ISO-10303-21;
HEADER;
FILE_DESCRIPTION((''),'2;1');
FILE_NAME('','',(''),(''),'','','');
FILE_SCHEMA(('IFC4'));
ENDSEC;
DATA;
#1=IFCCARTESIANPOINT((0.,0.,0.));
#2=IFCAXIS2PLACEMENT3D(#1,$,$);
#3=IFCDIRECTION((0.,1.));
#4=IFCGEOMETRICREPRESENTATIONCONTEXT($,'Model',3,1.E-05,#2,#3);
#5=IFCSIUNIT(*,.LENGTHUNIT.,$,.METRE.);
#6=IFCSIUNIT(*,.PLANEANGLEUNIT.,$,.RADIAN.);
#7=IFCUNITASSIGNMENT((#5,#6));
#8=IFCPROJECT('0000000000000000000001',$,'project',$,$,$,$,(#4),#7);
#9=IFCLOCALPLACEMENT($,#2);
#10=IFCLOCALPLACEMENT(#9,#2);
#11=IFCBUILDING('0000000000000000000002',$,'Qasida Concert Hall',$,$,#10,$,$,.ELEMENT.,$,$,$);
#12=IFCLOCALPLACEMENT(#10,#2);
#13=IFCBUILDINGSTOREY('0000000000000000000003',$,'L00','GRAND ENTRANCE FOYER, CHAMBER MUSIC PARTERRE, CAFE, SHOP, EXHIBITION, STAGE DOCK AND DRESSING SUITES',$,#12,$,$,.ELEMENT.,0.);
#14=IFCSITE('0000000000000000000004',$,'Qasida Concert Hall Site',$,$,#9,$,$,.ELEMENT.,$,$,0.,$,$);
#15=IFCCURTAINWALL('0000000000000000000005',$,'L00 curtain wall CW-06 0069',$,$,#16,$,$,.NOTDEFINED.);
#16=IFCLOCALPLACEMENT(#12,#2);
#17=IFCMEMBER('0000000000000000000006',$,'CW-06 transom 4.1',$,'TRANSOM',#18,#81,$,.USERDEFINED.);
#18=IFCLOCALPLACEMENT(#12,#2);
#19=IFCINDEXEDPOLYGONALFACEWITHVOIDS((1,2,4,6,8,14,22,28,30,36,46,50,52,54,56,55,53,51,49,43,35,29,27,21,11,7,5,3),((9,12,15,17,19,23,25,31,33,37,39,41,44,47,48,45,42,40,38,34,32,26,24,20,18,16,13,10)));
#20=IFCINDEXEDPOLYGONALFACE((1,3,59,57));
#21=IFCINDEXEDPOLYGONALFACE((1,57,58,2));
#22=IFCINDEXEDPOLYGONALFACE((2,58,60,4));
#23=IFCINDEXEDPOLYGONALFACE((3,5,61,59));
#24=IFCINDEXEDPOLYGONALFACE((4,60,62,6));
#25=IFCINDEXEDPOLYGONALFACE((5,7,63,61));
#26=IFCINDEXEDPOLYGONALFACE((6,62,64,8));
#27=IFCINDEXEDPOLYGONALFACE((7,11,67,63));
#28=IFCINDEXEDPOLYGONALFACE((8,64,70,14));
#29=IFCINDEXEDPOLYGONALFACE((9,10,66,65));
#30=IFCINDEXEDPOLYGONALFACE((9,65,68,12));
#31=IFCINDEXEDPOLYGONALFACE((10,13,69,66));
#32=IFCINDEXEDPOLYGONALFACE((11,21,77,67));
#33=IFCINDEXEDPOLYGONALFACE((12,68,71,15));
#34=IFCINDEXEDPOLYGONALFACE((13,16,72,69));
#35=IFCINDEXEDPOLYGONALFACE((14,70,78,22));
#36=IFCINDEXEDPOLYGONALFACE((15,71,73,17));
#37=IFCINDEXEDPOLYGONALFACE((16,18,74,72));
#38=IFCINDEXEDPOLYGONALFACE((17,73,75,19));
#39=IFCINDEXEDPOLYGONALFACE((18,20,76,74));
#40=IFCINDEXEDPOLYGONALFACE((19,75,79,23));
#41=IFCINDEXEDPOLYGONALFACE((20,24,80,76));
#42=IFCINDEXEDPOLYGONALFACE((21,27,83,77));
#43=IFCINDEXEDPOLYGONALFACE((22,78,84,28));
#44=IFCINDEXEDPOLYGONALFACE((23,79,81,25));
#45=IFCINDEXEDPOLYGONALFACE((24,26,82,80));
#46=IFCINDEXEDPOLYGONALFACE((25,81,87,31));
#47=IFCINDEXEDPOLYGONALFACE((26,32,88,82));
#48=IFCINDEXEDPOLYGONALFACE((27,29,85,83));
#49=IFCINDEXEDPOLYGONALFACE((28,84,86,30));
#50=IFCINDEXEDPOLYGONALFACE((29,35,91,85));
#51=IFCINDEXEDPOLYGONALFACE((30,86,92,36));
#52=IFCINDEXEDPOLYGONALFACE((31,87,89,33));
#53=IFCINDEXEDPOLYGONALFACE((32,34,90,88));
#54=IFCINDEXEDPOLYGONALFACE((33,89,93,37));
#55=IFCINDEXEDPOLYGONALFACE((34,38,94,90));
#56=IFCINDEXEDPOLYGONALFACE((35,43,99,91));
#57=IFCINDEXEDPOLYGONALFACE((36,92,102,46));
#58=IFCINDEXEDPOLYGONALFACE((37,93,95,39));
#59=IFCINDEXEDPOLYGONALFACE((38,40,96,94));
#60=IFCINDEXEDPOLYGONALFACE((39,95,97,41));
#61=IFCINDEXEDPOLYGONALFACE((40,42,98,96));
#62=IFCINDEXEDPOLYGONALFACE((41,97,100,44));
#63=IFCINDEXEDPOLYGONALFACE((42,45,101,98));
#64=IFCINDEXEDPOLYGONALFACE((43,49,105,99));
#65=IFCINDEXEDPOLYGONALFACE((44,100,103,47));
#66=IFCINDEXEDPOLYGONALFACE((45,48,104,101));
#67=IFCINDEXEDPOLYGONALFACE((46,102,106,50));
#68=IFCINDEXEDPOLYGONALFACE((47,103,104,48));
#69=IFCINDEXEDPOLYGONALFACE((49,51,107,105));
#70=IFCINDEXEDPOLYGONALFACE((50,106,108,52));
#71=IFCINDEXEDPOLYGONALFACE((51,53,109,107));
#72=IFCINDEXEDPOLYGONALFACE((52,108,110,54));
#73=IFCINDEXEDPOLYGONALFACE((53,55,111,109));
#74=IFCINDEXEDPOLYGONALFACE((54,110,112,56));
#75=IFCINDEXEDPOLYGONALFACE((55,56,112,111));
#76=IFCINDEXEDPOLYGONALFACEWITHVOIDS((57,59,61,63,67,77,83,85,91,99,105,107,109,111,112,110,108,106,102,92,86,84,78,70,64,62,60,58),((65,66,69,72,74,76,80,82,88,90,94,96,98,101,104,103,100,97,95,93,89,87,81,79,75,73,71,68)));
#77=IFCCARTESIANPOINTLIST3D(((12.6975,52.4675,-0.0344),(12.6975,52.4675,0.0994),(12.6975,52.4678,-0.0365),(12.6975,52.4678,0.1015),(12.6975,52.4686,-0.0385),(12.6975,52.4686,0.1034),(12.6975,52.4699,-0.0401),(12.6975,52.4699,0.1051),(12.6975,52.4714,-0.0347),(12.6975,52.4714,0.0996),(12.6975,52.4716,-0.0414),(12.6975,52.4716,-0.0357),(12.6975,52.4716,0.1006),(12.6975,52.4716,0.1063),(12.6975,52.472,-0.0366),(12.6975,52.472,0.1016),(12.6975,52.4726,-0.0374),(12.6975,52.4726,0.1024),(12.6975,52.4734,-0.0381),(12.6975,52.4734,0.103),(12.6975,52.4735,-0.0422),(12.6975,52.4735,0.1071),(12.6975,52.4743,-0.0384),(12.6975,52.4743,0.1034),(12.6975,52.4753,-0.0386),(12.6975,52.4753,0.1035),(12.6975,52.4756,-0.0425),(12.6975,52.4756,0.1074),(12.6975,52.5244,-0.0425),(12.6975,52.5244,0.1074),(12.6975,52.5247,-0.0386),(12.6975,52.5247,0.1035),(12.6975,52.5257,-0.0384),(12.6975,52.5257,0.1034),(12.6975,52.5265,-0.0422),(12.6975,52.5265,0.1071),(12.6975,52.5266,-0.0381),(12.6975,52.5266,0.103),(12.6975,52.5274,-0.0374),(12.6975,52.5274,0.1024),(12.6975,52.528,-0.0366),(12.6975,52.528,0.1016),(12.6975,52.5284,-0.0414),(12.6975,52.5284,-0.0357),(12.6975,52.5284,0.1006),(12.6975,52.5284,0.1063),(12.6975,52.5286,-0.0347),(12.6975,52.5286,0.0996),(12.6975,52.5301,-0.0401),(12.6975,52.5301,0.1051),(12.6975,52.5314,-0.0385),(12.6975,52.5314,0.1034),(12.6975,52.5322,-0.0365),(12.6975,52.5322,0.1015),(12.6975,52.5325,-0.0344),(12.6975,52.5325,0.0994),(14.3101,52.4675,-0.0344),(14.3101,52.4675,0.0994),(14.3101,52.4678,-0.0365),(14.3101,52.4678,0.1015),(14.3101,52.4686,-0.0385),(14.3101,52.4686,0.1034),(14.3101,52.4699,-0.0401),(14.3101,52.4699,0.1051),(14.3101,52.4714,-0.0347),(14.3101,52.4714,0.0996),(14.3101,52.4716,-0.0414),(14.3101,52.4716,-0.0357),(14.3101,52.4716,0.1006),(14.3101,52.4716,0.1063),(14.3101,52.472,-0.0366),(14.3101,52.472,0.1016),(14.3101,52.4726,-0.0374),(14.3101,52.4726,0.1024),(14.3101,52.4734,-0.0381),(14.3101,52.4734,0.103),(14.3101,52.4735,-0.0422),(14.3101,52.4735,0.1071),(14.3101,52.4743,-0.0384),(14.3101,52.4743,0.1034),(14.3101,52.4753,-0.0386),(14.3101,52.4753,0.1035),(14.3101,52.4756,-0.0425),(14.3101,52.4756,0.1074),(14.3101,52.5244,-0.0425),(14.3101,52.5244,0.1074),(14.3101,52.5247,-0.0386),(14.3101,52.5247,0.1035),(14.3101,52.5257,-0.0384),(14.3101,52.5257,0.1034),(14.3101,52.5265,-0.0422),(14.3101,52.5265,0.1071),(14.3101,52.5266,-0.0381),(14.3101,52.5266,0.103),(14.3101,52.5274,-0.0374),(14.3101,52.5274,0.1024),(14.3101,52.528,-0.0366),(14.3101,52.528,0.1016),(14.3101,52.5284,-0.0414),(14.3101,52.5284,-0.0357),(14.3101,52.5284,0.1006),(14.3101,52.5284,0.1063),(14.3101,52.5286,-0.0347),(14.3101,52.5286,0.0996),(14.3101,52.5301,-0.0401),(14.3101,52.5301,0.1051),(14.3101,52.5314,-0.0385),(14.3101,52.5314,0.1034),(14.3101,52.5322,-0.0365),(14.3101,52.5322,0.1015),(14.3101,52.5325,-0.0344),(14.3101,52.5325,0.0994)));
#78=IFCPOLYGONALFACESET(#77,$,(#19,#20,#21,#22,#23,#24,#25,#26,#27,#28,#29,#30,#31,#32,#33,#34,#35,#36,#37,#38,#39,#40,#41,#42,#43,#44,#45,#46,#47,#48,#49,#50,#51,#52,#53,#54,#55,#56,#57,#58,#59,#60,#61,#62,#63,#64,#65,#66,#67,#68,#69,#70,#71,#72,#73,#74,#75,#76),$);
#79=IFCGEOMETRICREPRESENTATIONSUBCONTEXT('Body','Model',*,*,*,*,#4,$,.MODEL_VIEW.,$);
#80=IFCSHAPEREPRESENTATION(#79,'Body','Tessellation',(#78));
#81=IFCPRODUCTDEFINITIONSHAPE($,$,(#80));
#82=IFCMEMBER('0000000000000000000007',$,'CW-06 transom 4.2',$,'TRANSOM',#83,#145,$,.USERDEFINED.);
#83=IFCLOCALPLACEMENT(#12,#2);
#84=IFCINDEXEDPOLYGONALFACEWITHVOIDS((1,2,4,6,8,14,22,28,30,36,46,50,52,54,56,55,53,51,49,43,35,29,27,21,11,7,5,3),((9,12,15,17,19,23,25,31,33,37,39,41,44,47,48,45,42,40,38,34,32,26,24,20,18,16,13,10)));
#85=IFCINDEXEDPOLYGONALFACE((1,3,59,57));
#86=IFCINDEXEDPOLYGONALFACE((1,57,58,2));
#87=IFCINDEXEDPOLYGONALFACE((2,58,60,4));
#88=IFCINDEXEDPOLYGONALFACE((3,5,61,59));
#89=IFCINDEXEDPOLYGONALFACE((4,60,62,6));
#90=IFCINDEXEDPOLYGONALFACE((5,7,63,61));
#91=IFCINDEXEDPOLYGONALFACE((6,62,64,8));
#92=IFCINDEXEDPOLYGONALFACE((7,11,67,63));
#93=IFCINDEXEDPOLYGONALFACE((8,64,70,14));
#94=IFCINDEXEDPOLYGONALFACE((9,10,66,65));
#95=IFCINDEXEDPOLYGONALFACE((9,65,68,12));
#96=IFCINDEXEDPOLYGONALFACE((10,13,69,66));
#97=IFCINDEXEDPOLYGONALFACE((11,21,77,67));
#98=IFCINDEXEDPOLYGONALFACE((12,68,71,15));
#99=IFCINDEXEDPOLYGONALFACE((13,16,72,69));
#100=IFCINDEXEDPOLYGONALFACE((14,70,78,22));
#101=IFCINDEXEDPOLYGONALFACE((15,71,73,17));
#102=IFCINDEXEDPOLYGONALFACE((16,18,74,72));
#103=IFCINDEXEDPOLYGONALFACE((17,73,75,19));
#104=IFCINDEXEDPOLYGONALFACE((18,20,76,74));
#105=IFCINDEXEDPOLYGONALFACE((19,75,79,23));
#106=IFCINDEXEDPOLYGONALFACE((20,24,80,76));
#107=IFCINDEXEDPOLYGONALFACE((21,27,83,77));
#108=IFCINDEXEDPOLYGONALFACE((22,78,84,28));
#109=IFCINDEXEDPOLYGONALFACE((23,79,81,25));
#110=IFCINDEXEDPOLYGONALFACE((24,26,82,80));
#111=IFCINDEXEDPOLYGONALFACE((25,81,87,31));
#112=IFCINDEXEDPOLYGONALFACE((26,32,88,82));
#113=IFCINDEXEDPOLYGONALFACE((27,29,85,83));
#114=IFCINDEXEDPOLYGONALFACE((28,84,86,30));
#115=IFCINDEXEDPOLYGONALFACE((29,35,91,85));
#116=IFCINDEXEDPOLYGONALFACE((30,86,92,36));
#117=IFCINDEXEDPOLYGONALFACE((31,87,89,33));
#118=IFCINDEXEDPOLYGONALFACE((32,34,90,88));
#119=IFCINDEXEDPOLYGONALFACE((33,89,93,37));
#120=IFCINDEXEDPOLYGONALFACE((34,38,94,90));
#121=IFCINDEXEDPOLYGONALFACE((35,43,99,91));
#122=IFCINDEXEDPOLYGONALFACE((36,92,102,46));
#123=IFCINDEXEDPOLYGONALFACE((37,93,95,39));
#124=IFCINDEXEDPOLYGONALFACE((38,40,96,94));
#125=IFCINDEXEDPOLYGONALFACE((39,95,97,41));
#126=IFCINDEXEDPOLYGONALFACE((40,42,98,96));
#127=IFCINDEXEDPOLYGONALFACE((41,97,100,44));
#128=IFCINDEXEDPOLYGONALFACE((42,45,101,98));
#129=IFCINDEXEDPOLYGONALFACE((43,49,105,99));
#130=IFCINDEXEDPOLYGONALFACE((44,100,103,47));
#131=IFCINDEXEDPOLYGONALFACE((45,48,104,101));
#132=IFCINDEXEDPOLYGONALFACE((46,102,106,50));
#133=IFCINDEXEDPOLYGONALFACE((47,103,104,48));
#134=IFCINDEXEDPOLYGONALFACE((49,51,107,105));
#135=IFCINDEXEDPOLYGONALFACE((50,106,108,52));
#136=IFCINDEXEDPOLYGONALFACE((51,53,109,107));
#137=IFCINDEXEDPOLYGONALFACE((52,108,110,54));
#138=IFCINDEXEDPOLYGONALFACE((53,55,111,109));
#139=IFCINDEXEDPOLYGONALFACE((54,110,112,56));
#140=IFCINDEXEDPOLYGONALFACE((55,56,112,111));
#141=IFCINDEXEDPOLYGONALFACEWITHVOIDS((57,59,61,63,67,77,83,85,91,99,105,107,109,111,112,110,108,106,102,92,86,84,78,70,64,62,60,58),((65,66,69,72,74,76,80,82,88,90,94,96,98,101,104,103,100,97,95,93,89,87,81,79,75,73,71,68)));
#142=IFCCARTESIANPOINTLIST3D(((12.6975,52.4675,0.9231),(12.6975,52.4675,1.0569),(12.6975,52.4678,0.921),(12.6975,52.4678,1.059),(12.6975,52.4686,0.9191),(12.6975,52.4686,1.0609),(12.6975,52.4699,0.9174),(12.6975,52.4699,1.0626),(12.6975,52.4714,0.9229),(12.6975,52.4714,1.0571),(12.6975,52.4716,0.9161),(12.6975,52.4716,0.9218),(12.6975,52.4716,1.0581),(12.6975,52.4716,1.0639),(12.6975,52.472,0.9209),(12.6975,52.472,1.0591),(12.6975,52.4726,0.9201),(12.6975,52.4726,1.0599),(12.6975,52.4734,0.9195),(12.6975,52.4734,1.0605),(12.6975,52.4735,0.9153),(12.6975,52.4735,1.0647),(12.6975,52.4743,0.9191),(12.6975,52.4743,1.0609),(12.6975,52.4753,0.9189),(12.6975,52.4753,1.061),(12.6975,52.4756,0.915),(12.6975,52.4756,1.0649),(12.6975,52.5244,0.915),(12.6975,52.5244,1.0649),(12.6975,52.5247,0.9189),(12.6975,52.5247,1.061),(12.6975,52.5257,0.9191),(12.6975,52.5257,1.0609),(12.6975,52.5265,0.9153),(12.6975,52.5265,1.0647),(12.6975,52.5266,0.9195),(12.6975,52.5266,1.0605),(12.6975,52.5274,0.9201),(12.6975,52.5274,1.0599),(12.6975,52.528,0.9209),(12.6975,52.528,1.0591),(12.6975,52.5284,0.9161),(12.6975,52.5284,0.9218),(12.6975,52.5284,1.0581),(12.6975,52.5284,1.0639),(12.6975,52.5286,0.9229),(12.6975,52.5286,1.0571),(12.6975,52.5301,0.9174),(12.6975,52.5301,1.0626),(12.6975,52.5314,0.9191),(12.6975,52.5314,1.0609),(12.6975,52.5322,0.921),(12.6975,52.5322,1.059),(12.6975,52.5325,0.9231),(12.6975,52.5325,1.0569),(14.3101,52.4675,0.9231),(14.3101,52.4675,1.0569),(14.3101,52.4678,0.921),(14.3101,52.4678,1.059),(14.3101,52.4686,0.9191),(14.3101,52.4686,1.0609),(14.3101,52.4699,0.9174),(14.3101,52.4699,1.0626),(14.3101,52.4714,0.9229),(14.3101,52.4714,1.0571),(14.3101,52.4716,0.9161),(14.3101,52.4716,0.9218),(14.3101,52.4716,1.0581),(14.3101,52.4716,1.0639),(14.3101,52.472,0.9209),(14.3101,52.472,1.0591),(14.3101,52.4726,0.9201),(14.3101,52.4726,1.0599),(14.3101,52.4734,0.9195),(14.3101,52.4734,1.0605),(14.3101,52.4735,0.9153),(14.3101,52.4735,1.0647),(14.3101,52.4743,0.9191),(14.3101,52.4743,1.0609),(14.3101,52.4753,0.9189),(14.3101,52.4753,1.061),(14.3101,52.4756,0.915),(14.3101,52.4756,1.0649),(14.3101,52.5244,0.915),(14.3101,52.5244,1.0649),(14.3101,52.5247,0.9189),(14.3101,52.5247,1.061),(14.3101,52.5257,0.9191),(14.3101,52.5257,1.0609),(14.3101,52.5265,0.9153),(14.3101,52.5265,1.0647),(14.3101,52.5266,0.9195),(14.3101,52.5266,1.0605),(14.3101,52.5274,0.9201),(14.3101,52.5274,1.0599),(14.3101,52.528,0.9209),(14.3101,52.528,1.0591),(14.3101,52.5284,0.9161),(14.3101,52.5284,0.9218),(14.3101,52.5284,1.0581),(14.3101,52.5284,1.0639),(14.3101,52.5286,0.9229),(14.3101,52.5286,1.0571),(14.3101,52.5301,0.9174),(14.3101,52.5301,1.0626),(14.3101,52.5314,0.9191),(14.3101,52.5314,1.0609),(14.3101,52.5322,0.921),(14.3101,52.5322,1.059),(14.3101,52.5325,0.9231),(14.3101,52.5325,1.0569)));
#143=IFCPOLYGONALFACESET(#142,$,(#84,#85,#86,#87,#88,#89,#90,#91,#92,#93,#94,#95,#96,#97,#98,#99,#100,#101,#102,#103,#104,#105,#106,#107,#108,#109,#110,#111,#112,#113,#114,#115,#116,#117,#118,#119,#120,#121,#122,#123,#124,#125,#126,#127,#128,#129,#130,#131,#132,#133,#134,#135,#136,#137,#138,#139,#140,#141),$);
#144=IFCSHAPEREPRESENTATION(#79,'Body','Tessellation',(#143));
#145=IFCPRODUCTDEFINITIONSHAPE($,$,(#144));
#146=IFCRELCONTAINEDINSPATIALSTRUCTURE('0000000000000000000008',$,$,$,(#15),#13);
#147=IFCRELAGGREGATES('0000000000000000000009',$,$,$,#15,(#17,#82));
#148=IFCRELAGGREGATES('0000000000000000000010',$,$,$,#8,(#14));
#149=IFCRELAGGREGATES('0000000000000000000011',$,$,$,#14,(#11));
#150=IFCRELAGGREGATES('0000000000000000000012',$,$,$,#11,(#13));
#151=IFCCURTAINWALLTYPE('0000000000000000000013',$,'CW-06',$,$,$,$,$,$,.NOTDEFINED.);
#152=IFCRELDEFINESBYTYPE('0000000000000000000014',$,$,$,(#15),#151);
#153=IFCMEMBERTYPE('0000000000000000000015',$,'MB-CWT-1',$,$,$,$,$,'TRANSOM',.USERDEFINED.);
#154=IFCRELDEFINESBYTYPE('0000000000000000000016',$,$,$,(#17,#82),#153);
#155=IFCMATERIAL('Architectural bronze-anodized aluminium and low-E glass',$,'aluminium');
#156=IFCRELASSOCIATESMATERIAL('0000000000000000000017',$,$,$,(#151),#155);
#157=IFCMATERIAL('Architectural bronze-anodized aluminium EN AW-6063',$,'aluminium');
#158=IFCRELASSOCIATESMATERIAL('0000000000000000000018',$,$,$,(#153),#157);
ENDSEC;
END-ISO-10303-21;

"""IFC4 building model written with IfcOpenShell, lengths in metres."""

from ifc_helpers import new_model, si_unit, direction, frame, origin, origin_2d, place, context, subcontext, project, spatial, hollow_rectangle, extrude, material, material_profile, profile_set, type_object, element, aggregate, save


model = new_model("IFC4")

# Units and contexts
model_context = context("Model", 3, precision=1e-05, world=origin(), true_north=direction((0.0, 1.0)))
body_context = subcontext(model_context, "Body", "Model", "MODEL_VIEW")
ifc_project = project(units=[si_unit("LENGTHUNIT", "METRE"), si_unit("PLANEANGLEUNIT", "RADIAN")], contexts=[model_context])

# Site, building, storey
site_placement = place(None, origin())
site = spatial("IfcSite", under=ifc_project, at=site_placement, Name="Qasida Concert Hall Site", CompositionType="ELEMENT", RefElevation=0.0)
building_placement = place(site_placement, origin())
building = spatial("IfcBuilding", under=site, at=building_placement, Name="Qasida Concert Hall", CompositionType="ELEMENT")
storey_placement = place(building_placement, origin())
storey = spatial("IfcBuildingStorey", under=building, at=storey_placement, Name="L00", Description="GRAND ENTRANCE FOYER, CHAMBER MUSIC PARTERRE, CAFE, SHOP, EXHIBITION, STAGE DOCK AND DRESSING SUITES", CompositionType="ELEMENT", Elevation=0.0)

# Curtain wall
ifc_material_1 = material(Name="Architectural bronze-anodized aluminium and low-E glass", Category="aluminium")
curtain_wall_type = type_object("IfcCurtainWallType", Name="CW-06", PredefinedType="NOTDEFINED", material=ifc_material_1)
curtain_wall_1_placement = place(storey_placement, origin())
curtain_wall_1 = element("IfcCurtainWall", 1, at=curtain_wall_1_placement, inside=storey, type_object=curtain_wall_type, Name="L00 curtain wall CW-06 0069", PredefinedType="NOTDEFINED")
ifc_material_2 = material(Name="Architectural bronze-anodized aluminium EN AW-6063", Category="aluminium")

# Members
ifc_material_profile_1 = material_profile(ifc_material_2, hollow_rectangle(XDim=0.0649, YDim=0.1499, WallThickness=0.0039, InnerFilletRadius=0.0039, OuterFilletRadius=0.0081, at=origin_2d()), Name="CWT 150x65x4")
ifc_profile_set_1 = profile_set([ifc_material_profile_1], Name="Architectural bronze-anodized aluminium EN AW-6063")
member_type_1 = type_object("IfcMemberType", Name="MB-CWT-1", ElementType="TRANSOM", PredefinedType="USERDEFINED", material=ifc_profile_set_1)
member_1_placement = place(storey_placement, frame((12.6975, 52.5, 0.0325), z_axis=(1.0, 0.0, 0.0), x_axis=(0.0, 1.0, 0.0)))
member_1 = element("IfcMember", 2, at=member_1_placement, type_object=member_type_1, Name="CW-06 transom 4.1", ObjectType="TRANSOM", PredefinedType="USERDEFINED", context=body_context, shape_type="SweptSolid", body=[
    extrude(hollow_rectangle(XDim=0.0649, YDim=0.1499, WallThickness=0.0039, InnerFilletRadius=0.0039, OuterFilletRadius=0.0081, at=origin_2d()), origin(), (0.0, 0.0, 1.0), 1.6125),
])
member_2_placement = place(storey_placement, frame((12.6975, 52.5, 0.99), z_axis=(1.0, 0.0, 0.0), x_axis=(0.0, 1.0, 0.0)))
member_2 = element("IfcMember", 3, at=member_2_placement, type_object=member_type_1, Name="CW-06 transom 4.2", ObjectType="TRANSOM", PredefinedType="USERDEFINED", context=body_context, shape_type="SweptSolid", body=[
    extrude(hollow_rectangle(XDim=0.0649, YDim=0.1499, WallThickness=0.0039, InnerFilletRadius=0.0039, OuterFilletRadius=0.0081, at=origin_2d()), origin(), (0.0, 0.0, 1.0), 1.6125),
])

aggregate(curtain_wall_1, [member_1, member_2])

save(model, "model.ifc")
